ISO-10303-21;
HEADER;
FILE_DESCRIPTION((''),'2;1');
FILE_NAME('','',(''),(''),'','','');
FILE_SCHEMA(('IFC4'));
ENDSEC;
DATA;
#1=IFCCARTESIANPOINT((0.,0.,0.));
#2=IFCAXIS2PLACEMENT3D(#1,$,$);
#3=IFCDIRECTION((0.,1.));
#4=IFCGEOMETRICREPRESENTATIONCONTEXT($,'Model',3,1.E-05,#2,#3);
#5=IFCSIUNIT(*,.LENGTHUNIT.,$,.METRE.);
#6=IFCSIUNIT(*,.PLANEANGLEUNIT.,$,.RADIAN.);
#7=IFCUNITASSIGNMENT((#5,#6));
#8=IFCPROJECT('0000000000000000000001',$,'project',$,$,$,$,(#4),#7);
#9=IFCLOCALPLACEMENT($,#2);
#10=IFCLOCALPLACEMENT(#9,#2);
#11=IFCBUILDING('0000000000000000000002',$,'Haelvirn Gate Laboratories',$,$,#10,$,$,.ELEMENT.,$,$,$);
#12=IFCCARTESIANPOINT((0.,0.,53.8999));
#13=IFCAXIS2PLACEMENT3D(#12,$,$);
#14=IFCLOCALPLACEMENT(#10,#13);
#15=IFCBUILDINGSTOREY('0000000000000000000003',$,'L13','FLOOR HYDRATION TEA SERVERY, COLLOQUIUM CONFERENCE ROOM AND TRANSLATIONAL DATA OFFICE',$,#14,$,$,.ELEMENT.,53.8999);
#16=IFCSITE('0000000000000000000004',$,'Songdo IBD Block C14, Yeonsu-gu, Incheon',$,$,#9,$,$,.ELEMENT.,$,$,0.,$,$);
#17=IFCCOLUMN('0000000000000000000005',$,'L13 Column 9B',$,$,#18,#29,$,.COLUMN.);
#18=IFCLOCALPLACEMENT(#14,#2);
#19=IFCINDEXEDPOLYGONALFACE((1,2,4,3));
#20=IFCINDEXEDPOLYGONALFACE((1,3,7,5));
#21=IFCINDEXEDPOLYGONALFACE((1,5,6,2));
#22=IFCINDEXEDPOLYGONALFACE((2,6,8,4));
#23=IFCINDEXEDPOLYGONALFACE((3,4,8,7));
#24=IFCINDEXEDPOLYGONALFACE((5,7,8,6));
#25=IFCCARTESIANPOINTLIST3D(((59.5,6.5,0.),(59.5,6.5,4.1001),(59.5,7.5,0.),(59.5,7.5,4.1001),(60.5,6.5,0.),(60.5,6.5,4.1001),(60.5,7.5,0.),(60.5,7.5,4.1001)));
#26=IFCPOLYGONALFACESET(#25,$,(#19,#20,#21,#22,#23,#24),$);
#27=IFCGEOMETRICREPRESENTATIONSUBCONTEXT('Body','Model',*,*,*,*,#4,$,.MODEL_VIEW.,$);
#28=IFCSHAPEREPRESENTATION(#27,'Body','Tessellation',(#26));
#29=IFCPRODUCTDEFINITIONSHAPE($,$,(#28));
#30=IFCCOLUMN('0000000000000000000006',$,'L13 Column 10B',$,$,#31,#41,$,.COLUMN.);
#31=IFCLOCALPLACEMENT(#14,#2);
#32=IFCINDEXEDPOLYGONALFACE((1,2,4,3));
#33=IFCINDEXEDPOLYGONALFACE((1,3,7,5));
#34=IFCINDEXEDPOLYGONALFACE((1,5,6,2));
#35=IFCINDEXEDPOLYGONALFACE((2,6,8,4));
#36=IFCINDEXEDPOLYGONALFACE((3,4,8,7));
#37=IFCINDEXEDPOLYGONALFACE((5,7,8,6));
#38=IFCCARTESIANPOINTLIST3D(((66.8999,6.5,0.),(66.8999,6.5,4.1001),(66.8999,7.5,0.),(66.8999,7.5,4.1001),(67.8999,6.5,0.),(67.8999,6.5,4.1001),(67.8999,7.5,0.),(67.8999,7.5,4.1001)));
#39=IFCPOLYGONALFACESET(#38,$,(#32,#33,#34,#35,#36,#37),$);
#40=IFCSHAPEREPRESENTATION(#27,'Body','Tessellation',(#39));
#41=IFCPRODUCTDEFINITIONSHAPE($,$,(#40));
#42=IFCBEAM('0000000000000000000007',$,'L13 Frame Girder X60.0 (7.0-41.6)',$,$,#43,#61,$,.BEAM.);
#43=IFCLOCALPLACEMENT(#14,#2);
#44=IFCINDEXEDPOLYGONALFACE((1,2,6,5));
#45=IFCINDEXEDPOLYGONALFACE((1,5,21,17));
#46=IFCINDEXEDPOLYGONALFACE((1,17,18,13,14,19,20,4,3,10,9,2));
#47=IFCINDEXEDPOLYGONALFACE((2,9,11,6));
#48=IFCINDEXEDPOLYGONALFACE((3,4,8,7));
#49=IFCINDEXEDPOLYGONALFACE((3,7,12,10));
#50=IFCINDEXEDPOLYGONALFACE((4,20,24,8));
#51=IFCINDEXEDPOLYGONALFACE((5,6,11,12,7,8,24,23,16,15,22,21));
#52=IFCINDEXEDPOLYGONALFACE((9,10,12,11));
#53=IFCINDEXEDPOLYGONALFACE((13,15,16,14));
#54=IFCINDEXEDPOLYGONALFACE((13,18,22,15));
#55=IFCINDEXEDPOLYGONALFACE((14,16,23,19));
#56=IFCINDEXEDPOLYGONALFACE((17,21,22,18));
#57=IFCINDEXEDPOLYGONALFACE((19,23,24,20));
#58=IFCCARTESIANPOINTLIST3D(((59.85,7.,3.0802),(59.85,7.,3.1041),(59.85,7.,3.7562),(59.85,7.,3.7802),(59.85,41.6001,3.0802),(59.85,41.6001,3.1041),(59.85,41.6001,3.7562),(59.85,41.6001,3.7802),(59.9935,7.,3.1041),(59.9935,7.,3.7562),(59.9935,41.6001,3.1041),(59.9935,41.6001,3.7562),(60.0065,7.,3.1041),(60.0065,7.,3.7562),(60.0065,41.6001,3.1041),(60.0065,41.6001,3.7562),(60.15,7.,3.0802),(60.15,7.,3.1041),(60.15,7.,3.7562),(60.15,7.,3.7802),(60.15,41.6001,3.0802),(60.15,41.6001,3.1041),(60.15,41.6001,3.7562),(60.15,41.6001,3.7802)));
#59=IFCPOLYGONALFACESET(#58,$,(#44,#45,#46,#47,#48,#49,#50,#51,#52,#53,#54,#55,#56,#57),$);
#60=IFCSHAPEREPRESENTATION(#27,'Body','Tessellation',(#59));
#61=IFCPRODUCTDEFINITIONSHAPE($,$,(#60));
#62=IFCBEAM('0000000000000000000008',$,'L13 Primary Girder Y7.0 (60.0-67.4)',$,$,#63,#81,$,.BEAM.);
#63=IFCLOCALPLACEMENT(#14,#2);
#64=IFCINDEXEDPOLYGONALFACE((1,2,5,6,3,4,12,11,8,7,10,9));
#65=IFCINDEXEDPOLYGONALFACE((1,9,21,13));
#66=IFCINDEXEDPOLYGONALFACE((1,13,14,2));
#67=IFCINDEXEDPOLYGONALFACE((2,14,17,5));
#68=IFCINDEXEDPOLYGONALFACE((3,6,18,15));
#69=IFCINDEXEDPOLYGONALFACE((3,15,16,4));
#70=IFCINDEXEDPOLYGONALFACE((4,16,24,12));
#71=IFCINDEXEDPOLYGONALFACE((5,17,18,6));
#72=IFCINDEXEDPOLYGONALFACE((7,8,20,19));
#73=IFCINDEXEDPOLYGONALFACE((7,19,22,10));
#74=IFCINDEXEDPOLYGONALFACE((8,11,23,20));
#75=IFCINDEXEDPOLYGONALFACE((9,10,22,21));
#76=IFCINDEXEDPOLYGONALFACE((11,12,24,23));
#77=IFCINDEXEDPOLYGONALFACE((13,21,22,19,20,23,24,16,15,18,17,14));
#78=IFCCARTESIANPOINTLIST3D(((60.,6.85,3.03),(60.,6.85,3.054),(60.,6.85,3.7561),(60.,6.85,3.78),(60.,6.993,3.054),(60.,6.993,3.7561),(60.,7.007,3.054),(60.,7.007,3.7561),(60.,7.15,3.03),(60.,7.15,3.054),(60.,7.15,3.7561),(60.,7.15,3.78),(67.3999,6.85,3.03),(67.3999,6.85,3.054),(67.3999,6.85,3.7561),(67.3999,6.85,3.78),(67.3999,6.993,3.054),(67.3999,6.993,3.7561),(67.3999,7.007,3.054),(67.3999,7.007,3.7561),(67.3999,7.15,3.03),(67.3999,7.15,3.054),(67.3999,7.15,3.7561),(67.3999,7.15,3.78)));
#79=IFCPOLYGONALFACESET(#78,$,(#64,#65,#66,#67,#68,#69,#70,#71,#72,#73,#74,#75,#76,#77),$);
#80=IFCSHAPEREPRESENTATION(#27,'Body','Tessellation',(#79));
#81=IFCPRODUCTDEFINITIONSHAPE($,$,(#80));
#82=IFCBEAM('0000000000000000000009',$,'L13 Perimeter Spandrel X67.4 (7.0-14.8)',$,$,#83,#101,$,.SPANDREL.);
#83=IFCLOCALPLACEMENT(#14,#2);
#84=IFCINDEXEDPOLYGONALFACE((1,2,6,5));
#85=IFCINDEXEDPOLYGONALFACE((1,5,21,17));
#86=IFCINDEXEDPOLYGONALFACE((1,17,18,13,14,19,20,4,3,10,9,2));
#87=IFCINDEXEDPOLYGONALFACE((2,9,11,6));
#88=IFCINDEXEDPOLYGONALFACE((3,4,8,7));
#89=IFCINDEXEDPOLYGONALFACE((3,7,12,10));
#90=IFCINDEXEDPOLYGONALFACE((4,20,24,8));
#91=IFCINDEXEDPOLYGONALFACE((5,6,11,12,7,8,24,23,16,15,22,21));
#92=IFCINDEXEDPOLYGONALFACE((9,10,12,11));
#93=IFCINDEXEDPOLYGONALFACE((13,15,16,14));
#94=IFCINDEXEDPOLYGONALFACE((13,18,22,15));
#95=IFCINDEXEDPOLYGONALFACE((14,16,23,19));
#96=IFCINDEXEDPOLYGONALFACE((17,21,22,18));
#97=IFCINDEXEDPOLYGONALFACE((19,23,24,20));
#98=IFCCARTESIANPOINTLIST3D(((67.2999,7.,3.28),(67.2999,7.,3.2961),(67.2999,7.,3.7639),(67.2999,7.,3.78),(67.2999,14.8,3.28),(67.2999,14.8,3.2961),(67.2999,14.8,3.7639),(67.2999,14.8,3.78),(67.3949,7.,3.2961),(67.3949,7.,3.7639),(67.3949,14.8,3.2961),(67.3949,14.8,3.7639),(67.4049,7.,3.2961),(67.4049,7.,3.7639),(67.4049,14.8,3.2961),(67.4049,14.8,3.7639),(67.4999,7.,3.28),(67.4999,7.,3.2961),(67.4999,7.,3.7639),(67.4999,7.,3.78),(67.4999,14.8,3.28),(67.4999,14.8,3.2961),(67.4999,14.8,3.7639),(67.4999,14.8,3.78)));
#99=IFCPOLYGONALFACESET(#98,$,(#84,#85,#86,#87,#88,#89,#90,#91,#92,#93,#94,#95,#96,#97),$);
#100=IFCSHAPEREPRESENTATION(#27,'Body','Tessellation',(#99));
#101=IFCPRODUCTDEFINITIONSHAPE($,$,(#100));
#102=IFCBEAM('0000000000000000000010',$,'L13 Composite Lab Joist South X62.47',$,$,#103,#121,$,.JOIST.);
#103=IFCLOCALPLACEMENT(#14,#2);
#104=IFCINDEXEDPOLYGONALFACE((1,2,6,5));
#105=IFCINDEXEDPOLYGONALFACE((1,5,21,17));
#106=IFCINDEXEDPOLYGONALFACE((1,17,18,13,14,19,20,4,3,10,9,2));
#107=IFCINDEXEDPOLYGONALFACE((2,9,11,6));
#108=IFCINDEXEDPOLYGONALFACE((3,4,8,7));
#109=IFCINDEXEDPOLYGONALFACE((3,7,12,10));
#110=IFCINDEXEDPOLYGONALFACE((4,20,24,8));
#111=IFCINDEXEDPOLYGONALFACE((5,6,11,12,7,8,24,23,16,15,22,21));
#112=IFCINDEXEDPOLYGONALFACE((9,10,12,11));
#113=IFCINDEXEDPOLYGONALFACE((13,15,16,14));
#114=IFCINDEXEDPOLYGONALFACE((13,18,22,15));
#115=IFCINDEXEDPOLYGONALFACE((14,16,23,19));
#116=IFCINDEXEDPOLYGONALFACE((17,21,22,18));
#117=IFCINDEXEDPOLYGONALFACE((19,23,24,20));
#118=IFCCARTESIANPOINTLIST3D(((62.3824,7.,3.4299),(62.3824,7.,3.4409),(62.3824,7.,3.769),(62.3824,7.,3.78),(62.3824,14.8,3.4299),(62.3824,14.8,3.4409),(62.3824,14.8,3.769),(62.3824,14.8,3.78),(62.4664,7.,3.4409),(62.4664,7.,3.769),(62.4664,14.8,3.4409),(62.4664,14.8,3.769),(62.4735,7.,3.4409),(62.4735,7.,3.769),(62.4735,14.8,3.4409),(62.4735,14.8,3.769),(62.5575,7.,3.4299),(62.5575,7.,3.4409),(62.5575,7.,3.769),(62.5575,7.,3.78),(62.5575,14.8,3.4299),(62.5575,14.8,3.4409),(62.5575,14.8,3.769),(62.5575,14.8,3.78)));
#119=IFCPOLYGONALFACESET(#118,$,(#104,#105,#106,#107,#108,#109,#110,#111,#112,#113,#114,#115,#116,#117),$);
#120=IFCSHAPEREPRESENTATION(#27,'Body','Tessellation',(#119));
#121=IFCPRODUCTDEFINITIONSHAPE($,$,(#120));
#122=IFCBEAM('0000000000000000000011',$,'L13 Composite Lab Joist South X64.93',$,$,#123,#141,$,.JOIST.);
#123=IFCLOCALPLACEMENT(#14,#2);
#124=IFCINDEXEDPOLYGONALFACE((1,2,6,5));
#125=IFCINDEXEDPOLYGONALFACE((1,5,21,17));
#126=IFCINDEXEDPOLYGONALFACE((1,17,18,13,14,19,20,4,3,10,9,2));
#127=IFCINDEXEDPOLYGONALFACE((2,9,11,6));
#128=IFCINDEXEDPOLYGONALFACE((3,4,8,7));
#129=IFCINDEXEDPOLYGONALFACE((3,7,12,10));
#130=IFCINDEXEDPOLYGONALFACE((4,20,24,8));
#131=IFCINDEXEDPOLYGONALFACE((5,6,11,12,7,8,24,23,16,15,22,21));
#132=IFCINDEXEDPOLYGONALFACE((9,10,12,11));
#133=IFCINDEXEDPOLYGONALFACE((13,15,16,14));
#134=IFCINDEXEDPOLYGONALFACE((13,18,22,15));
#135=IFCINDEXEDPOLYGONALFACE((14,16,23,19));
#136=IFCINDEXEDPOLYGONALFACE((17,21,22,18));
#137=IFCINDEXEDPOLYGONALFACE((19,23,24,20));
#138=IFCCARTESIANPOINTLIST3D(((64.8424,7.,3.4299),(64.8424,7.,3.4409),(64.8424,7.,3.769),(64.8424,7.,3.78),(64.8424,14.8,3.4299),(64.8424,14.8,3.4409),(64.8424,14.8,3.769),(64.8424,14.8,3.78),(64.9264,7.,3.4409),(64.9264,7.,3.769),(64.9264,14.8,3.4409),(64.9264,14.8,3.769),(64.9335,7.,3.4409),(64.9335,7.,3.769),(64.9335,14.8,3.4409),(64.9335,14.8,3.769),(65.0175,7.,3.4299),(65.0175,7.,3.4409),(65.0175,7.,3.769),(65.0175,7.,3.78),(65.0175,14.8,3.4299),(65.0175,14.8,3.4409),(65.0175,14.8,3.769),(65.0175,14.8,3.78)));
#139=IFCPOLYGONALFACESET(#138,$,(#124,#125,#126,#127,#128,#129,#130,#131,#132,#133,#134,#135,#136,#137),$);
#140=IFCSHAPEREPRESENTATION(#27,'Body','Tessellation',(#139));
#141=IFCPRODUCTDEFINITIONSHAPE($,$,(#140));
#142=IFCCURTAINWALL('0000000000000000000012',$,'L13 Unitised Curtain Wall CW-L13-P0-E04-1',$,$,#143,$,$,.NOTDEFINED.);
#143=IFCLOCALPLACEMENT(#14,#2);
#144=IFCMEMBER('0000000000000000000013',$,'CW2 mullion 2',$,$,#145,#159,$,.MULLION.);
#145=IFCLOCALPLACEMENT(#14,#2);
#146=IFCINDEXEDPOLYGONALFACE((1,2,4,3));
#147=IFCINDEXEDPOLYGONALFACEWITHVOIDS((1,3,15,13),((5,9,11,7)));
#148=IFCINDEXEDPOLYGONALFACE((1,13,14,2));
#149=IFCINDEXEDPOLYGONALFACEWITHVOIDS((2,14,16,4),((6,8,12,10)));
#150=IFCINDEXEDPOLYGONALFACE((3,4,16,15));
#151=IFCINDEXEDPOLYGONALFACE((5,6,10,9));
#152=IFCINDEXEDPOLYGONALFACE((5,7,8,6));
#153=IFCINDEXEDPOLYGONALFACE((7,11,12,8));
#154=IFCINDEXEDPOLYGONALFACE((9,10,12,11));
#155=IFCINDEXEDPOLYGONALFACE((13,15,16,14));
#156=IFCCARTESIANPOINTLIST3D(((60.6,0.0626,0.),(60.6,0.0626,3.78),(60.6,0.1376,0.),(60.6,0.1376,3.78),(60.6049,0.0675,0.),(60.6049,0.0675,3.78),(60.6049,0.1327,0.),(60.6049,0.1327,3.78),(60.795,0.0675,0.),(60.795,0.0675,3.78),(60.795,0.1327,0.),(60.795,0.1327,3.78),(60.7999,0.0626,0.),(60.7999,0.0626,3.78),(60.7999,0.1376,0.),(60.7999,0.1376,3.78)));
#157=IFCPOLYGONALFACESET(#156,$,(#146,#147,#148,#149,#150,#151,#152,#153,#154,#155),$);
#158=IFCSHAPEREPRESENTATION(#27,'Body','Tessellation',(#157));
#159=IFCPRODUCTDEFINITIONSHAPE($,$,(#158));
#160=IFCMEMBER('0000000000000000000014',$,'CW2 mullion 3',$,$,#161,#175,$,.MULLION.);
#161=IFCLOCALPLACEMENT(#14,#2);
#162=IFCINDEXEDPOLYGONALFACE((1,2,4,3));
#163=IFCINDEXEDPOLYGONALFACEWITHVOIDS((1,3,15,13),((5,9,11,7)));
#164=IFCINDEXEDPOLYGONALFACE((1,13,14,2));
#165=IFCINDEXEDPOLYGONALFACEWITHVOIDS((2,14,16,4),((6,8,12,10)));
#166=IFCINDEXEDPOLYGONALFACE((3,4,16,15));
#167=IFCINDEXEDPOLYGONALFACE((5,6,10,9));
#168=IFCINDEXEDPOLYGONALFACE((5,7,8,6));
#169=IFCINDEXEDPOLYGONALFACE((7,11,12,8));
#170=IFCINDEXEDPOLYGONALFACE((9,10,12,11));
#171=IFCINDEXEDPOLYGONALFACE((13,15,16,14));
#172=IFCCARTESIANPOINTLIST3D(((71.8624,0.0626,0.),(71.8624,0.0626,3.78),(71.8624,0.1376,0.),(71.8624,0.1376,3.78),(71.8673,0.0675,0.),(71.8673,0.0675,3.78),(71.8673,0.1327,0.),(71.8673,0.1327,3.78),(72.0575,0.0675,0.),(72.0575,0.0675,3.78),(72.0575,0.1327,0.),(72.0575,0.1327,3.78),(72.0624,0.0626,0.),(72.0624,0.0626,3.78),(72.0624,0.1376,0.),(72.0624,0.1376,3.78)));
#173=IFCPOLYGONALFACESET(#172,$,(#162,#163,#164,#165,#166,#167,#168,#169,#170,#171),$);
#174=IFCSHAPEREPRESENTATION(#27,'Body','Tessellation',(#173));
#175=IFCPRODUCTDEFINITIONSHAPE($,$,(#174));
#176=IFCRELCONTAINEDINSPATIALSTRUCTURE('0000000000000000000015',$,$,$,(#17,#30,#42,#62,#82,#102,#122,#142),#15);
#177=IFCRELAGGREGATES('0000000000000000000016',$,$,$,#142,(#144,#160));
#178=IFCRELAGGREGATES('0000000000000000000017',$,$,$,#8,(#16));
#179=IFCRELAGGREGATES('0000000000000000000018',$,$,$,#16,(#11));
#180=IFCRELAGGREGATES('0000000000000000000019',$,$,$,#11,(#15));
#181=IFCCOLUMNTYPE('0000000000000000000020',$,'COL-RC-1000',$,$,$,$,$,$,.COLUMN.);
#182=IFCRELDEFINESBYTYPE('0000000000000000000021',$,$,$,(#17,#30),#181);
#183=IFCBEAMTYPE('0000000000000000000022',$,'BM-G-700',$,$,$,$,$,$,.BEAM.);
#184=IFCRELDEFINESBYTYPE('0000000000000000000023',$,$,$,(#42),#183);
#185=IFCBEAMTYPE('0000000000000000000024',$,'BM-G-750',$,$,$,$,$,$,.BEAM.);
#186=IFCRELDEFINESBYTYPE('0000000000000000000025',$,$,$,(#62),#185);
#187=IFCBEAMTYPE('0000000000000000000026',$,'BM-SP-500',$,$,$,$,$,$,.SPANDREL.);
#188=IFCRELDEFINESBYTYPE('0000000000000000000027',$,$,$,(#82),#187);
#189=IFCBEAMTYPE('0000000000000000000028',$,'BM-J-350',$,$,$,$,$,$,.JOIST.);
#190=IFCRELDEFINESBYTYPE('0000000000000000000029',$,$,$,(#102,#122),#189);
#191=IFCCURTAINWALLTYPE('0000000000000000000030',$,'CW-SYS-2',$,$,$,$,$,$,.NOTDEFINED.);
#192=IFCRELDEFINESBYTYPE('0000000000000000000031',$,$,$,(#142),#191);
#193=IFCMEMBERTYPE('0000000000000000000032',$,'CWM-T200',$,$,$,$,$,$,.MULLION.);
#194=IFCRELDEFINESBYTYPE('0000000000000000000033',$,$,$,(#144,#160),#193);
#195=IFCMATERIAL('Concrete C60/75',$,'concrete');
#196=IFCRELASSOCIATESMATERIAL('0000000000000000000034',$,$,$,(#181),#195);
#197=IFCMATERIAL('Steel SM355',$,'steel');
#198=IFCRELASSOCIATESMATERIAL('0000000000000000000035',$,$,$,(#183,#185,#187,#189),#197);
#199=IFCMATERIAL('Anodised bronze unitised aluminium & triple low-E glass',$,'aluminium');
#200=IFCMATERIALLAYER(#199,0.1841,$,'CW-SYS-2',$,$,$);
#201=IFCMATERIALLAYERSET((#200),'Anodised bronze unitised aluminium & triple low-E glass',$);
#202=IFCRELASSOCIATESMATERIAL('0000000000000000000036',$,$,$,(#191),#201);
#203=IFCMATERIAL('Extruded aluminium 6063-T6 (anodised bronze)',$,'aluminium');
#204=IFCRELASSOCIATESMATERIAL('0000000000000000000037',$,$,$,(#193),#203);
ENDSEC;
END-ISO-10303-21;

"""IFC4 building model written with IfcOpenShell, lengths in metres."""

from ifc_helpers import new_model, si_unit, direction, frame, origin, origin_2d, place, context, subcontext, project, spatial, rectangle, hollow_rectangle, i_section, extrude, source, transform, mapped, material, layer, layer_set, material_profile, profile_set, type_object, type_shapes, element, aggregate, save


model = new_model("IFC4")

# Units and contexts
model_context = context("Model", 3, precision=1e-05, world=origin(), true_north=direction((0.0, 1.0)))
body_context = subcontext(model_context, "Body", "Model", "MODEL_VIEW")
ifc_project = project(units=[si_unit("LENGTHUNIT", "METRE"), si_unit("PLANEANGLEUNIT", "RADIAN")], contexts=[model_context])

# Site, building, storey
site_placement = place(None, origin())
site = spatial("IfcSite", under=ifc_project, at=site_placement, Name="Songdo IBD Block C14, Yeonsu-gu, Incheon", CompositionType="ELEMENT", RefElevation=0.0)
building_placement = place(site_placement, origin())
building = spatial("IfcBuilding", under=site, at=building_placement, Name="Haelvirn Gate Laboratories", CompositionType="ELEMENT")
storey_placement = place(building_placement, frame((0.0, 0.0, 53.8999)))
storey = spatial("IfcBuildingStorey", under=building, at=storey_placement, Name="L13", Description="FLOOR HYDRATION TEA SERVERY, COLLOQUIUM CONFERENCE ROOM AND TRANSLATIONAL DATA OFFICE", CompositionType="ELEMENT", Elevation=53.8999)

# Columns
ifc_material_1 = material(Name="Concrete C60/75", Category="concrete")
ifc_material_profile_1 = material_profile(ifc_material_1, rectangle(XDim=1.0, YDim=1.0, at=origin_2d()), Name="RC-1000x1000")
ifc_profile_set_1 = profile_set([ifc_material_profile_1], Name="Concrete C60/75")
column_type = type_object("IfcColumnType", Name="COL-RC-1000", PredefinedType="COLUMN", material=ifc_profile_set_1)
shared_shape_1 = source(origin(), body_context, "Body", "SweptSolid", [
    extrude(rectangle(XDim=1.0, YDim=1.0, at=origin_2d()), origin(), (0.0, 0.0, 1.0), 4.1001),
])
type_shapes(column_type, [shared_shape_1])
for number, where, z_axis, x_axis, name in (
    (1, (60.0, 7.0, 0.0), (0.0, 0.0, 1.0), (1.0, 0.0, 0.0), "L13 Column 9B"),
    (2, (67.3999, 7.0, 0.0), (0.0, 0.0, 1.0), (1.0, 0.0, 0.0), "L13 Column 10B"),
):
    element("IfcColumn", number, at=place(storey_placement, frame(where, z_axis=z_axis, x_axis=x_axis)), inside=storey, type_object=column_type, Name=name, PredefinedType="COLUMN", context=body_context, shape_type="MappedRepresentation", body=[
        mapped(shared_shape_1, transform((0.0, 0.0, 0.0), scale=1.0)),
    ])

# Beams
ifc_material_2 = material(Name="Steel SM355", Category="steel")
ifc_material_profile_2 = material_profile(ifc_material_2, i_section(OverallWidth=0.3, OverallDepth=0.7, WebThickness=0.0129, FlangeThickness=0.0239, at=origin_2d()), Name="H-700x300x13x24")
ifc_profile_set_2 = profile_set([ifc_material_profile_2], Name="Steel SM355")
beam_type_1 = type_object("IfcBeamType", Name="BM-G-700", PredefinedType="BEAM", material=ifc_profile_set_2)
shared_shape_2 = source(origin(), body_context, "Body", "SweptSolid", [
    extrude(i_section(OverallWidth=0.3, OverallDepth=0.7, WebThickness=0.0129, FlangeThickness=0.0239, at=origin_2d()), origin(), (0.0, 0.0, 1.0), 34.6001),
])
type_shapes(beam_type_1, [shared_shape_2])
beam_1_placement = place(storey_placement, frame((60.0, 7.0, 3.4302), z_axis=(0.0, 1.0, 0.0), x_axis=(-1.0, 0.0, 0.0)))
element("IfcBeam", 3, at=beam_1_placement, inside=storey, type_object=beam_type_1, Name="L13 Frame Girder X60.0 (7.0-41.6)", PredefinedType="BEAM", context=body_context, shape_type="MappedRepresentation", body=[
    mapped(shared_shape_2, transform((0.0, 0.0, 0.0), scale=1.0)),
])
ifc_material_profile_3 = material_profile(ifc_material_2, i_section(OverallWidth=0.3, OverallDepth=0.75, WebThickness=0.0139, FlangeThickness=0.0239, at=origin_2d()), Name="H-750x300x14x24")
ifc_profile_set_3 = profile_set([ifc_material_profile_3], Name="Steel SM355")
beam_type_2 = type_object("IfcBeamType", Name="BM-G-750", PredefinedType="BEAM", material=ifc_profile_set_3)
shared_shape_3 = source(origin(), body_context, "Body", "SweptSolid", [
    extrude(i_section(OverallWidth=0.3, OverallDepth=0.75, WebThickness=0.0139, FlangeThickness=0.0239, at=origin_2d()), origin(), (0.0, 0.0, 1.0), 7.3999),
])
type_shapes(beam_type_2, [shared_shape_3])
beam_2_placement = place(storey_placement, frame((60.0, 7.0, 3.405), z_axis=(1.0, 0.0, 0.0), x_axis=(0.0, 1.0, 0.0)))
element("IfcBeam", 4, at=beam_2_placement, inside=storey, type_object=beam_type_2, Name="L13 Primary Girder Y7.0 (60.0-67.4)", PredefinedType="BEAM", context=body_context, shape_type="MappedRepresentation", body=[
    mapped(shared_shape_3, transform((0.0, 0.0, 0.0), scale=1.0)),
])
ifc_material_profile_4 = material_profile(ifc_material_2, i_section(OverallWidth=0.2, OverallDepth=0.5, WebThickness=0.01, FlangeThickness=0.0161, at=origin_2d()), Name="H-500x200x10x16")
ifc_profile_set_4 = profile_set([ifc_material_profile_4], Name="Steel SM355")
beam_type_3 = type_object("IfcBeamType", Name="BM-SP-500", PredefinedType="SPANDREL", material=ifc_profile_set_4)
shared_shape_4 = source(origin(), body_context, "Body", "SweptSolid", [
    extrude(i_section(OverallWidth=0.2, OverallDepth=0.5, WebThickness=0.01, FlangeThickness=0.0161, at=origin_2d()), origin(), (0.0, 0.0, 1.0), 7.8),
])
type_shapes(beam_type_3, [shared_shape_4])
beam_3_placement = place(storey_placement, frame((67.3999, 7.0, 3.53), z_axis=(0.0, 1.0, 0.0), x_axis=(-1.0, 0.0, 0.0)))
element("IfcBeam", 5, at=beam_3_placement, inside=storey, type_object=beam_type_3, Name="L13 Perimeter Spandrel X67.4 (7.0-14.8)", PredefinedType="SPANDREL", context=body_context, shape_type="MappedRepresentation", body=[
    mapped(shared_shape_4, transform((0.0, 0.0, 0.0), scale=1.0)),
])
ifc_material_profile_5 = material_profile(ifc_material_2, i_section(OverallWidth=0.175, OverallDepth=0.3501, WebThickness=0.0071, FlangeThickness=0.011, at=origin_2d()), Name="H-350x175x7x11")
ifc_profile_set_5 = profile_set([ifc_material_profile_5], Name="Steel SM355")
beam_type_4 = type_object("IfcBeamType", Name="BM-J-350", PredefinedType="JOIST", material=ifc_profile_set_5)
shared_shape_5 = source(origin(), body_context, "Body", "SweptSolid", [
    extrude(i_section(OverallWidth=0.175, OverallDepth=0.3501, WebThickness=0.0071, FlangeThickness=0.011, at=origin_2d()), origin(), (0.0, 0.0, 1.0), 7.8),
])
type_shapes(beam_type_4, [shared_shape_5])
for number, where, z_axis, x_axis, name in (
    (6, (62.47, 7.0, 3.605), (0.0, 1.0, 0.0), (-1.0, 0.0, 0.0), "L13 Composite Lab Joist South X62.47"),
    (7, (64.9299, 7.0, 3.605), (0.0, 1.0, 0.0), (-1.0, 0.0, 0.0), "L13 Composite Lab Joist South X64.93"),
):
    element("IfcBeam", number, at=place(storey_placement, frame(where, z_axis=z_axis, x_axis=x_axis)), inside=storey, type_object=beam_type_4, Name=name, PredefinedType="JOIST", context=body_context, shape_type="MappedRepresentation", body=[
        mapped(shared_shape_5, transform((0.0, 0.0, 0.0), scale=1.0)),
    ])

# Curtain wall, members
ifc_material_3 = material(Name="Anodised bronze unitised aluminium & triple low-E glass", Category="aluminium")
ifc_layer_1 = layer(ifc_material_3, 0.1841, Name="CW-SYS-2")
ifc_layer_set_1 = layer_set([ifc_layer_1], Name="Anodised bronze unitised aluminium & triple low-E glass")
curtain_wall_type_1 = type_object("IfcCurtainWallType", Name="CW-SYS-2", PredefinedType="NOTDEFINED", material=ifc_layer_set_1)
curtain_wall_1_placement = place(storey_placement, origin())
curtain_wall_1 = element("IfcCurtainWall", 8, at=curtain_wall_1_placement, inside=storey, type_object=curtain_wall_type_1, Name="L13 Unitised Curtain Wall CW-L13-P0-E04-1", PredefinedType="NOTDEFINED")
ifc_material_4 = material(Name="Extruded aluminium 6063-T6 (anodised bronze)", Category="aluminium")
ifc_material_profile_6 = material_profile(ifc_material_4, hollow_rectangle(XDim=0.075, YDim=0.2, WallThickness=0.0049, at=origin_2d()), Name="CWM-200x75x5")
ifc_profile_set_6 = profile_set([ifc_material_profile_6], Name="Extruded aluminium 6063-T6 (anodised bronze)")
member_type_1 = type_object("IfcMemberType", Name="CWM-T200", PredefinedType="MULLION", material=ifc_profile_set_6)
shared_shape_6 = source(origin(), body_context, "Body", "SweptSolid", [
    extrude(hollow_rectangle(XDim=0.075, YDim=0.2, WallThickness=0.0049, at=origin_2d()), origin(), (0.0, 0.0, 1.0), 3.78),
])
type_shapes(member_type_1, [shared_shape_6])
member_1_placement = place(storey_placement, frame((60.7, 0.1001, 0.0), z_axis=(0.0, 0.0, 1.0), x_axis=(0.0, 1.0, 0.0)))
member_1 = element("IfcMember", 9, at=member_1_placement, type_object=member_type_1, Name="CW2 mullion 2", PredefinedType="MULLION", context=body_context, shape_type="MappedRepresentation", body=[
    mapped(shared_shape_6, transform((0.0, 0.0, 0.0), scale=1.0)),
])
member_2_placement = place(storey_placement, frame((71.9624, 0.1001, 0.0), z_axis=(0.0, 0.0, 1.0), x_axis=(0.0, 1.0, 0.0)))
member_2 = element("IfcMember", 10, at=member_2_placement, type_object=member_type_1, Name="CW2 mullion 3", PredefinedType="MULLION", context=body_context, shape_type="MappedRepresentation", body=[
    mapped(shared_shape_6, transform((0.0, 0.0, 0.0), scale=1.0)),
])

aggregate(curtain_wall_1, [member_1, member_2])

save(model, "model.ifc")
